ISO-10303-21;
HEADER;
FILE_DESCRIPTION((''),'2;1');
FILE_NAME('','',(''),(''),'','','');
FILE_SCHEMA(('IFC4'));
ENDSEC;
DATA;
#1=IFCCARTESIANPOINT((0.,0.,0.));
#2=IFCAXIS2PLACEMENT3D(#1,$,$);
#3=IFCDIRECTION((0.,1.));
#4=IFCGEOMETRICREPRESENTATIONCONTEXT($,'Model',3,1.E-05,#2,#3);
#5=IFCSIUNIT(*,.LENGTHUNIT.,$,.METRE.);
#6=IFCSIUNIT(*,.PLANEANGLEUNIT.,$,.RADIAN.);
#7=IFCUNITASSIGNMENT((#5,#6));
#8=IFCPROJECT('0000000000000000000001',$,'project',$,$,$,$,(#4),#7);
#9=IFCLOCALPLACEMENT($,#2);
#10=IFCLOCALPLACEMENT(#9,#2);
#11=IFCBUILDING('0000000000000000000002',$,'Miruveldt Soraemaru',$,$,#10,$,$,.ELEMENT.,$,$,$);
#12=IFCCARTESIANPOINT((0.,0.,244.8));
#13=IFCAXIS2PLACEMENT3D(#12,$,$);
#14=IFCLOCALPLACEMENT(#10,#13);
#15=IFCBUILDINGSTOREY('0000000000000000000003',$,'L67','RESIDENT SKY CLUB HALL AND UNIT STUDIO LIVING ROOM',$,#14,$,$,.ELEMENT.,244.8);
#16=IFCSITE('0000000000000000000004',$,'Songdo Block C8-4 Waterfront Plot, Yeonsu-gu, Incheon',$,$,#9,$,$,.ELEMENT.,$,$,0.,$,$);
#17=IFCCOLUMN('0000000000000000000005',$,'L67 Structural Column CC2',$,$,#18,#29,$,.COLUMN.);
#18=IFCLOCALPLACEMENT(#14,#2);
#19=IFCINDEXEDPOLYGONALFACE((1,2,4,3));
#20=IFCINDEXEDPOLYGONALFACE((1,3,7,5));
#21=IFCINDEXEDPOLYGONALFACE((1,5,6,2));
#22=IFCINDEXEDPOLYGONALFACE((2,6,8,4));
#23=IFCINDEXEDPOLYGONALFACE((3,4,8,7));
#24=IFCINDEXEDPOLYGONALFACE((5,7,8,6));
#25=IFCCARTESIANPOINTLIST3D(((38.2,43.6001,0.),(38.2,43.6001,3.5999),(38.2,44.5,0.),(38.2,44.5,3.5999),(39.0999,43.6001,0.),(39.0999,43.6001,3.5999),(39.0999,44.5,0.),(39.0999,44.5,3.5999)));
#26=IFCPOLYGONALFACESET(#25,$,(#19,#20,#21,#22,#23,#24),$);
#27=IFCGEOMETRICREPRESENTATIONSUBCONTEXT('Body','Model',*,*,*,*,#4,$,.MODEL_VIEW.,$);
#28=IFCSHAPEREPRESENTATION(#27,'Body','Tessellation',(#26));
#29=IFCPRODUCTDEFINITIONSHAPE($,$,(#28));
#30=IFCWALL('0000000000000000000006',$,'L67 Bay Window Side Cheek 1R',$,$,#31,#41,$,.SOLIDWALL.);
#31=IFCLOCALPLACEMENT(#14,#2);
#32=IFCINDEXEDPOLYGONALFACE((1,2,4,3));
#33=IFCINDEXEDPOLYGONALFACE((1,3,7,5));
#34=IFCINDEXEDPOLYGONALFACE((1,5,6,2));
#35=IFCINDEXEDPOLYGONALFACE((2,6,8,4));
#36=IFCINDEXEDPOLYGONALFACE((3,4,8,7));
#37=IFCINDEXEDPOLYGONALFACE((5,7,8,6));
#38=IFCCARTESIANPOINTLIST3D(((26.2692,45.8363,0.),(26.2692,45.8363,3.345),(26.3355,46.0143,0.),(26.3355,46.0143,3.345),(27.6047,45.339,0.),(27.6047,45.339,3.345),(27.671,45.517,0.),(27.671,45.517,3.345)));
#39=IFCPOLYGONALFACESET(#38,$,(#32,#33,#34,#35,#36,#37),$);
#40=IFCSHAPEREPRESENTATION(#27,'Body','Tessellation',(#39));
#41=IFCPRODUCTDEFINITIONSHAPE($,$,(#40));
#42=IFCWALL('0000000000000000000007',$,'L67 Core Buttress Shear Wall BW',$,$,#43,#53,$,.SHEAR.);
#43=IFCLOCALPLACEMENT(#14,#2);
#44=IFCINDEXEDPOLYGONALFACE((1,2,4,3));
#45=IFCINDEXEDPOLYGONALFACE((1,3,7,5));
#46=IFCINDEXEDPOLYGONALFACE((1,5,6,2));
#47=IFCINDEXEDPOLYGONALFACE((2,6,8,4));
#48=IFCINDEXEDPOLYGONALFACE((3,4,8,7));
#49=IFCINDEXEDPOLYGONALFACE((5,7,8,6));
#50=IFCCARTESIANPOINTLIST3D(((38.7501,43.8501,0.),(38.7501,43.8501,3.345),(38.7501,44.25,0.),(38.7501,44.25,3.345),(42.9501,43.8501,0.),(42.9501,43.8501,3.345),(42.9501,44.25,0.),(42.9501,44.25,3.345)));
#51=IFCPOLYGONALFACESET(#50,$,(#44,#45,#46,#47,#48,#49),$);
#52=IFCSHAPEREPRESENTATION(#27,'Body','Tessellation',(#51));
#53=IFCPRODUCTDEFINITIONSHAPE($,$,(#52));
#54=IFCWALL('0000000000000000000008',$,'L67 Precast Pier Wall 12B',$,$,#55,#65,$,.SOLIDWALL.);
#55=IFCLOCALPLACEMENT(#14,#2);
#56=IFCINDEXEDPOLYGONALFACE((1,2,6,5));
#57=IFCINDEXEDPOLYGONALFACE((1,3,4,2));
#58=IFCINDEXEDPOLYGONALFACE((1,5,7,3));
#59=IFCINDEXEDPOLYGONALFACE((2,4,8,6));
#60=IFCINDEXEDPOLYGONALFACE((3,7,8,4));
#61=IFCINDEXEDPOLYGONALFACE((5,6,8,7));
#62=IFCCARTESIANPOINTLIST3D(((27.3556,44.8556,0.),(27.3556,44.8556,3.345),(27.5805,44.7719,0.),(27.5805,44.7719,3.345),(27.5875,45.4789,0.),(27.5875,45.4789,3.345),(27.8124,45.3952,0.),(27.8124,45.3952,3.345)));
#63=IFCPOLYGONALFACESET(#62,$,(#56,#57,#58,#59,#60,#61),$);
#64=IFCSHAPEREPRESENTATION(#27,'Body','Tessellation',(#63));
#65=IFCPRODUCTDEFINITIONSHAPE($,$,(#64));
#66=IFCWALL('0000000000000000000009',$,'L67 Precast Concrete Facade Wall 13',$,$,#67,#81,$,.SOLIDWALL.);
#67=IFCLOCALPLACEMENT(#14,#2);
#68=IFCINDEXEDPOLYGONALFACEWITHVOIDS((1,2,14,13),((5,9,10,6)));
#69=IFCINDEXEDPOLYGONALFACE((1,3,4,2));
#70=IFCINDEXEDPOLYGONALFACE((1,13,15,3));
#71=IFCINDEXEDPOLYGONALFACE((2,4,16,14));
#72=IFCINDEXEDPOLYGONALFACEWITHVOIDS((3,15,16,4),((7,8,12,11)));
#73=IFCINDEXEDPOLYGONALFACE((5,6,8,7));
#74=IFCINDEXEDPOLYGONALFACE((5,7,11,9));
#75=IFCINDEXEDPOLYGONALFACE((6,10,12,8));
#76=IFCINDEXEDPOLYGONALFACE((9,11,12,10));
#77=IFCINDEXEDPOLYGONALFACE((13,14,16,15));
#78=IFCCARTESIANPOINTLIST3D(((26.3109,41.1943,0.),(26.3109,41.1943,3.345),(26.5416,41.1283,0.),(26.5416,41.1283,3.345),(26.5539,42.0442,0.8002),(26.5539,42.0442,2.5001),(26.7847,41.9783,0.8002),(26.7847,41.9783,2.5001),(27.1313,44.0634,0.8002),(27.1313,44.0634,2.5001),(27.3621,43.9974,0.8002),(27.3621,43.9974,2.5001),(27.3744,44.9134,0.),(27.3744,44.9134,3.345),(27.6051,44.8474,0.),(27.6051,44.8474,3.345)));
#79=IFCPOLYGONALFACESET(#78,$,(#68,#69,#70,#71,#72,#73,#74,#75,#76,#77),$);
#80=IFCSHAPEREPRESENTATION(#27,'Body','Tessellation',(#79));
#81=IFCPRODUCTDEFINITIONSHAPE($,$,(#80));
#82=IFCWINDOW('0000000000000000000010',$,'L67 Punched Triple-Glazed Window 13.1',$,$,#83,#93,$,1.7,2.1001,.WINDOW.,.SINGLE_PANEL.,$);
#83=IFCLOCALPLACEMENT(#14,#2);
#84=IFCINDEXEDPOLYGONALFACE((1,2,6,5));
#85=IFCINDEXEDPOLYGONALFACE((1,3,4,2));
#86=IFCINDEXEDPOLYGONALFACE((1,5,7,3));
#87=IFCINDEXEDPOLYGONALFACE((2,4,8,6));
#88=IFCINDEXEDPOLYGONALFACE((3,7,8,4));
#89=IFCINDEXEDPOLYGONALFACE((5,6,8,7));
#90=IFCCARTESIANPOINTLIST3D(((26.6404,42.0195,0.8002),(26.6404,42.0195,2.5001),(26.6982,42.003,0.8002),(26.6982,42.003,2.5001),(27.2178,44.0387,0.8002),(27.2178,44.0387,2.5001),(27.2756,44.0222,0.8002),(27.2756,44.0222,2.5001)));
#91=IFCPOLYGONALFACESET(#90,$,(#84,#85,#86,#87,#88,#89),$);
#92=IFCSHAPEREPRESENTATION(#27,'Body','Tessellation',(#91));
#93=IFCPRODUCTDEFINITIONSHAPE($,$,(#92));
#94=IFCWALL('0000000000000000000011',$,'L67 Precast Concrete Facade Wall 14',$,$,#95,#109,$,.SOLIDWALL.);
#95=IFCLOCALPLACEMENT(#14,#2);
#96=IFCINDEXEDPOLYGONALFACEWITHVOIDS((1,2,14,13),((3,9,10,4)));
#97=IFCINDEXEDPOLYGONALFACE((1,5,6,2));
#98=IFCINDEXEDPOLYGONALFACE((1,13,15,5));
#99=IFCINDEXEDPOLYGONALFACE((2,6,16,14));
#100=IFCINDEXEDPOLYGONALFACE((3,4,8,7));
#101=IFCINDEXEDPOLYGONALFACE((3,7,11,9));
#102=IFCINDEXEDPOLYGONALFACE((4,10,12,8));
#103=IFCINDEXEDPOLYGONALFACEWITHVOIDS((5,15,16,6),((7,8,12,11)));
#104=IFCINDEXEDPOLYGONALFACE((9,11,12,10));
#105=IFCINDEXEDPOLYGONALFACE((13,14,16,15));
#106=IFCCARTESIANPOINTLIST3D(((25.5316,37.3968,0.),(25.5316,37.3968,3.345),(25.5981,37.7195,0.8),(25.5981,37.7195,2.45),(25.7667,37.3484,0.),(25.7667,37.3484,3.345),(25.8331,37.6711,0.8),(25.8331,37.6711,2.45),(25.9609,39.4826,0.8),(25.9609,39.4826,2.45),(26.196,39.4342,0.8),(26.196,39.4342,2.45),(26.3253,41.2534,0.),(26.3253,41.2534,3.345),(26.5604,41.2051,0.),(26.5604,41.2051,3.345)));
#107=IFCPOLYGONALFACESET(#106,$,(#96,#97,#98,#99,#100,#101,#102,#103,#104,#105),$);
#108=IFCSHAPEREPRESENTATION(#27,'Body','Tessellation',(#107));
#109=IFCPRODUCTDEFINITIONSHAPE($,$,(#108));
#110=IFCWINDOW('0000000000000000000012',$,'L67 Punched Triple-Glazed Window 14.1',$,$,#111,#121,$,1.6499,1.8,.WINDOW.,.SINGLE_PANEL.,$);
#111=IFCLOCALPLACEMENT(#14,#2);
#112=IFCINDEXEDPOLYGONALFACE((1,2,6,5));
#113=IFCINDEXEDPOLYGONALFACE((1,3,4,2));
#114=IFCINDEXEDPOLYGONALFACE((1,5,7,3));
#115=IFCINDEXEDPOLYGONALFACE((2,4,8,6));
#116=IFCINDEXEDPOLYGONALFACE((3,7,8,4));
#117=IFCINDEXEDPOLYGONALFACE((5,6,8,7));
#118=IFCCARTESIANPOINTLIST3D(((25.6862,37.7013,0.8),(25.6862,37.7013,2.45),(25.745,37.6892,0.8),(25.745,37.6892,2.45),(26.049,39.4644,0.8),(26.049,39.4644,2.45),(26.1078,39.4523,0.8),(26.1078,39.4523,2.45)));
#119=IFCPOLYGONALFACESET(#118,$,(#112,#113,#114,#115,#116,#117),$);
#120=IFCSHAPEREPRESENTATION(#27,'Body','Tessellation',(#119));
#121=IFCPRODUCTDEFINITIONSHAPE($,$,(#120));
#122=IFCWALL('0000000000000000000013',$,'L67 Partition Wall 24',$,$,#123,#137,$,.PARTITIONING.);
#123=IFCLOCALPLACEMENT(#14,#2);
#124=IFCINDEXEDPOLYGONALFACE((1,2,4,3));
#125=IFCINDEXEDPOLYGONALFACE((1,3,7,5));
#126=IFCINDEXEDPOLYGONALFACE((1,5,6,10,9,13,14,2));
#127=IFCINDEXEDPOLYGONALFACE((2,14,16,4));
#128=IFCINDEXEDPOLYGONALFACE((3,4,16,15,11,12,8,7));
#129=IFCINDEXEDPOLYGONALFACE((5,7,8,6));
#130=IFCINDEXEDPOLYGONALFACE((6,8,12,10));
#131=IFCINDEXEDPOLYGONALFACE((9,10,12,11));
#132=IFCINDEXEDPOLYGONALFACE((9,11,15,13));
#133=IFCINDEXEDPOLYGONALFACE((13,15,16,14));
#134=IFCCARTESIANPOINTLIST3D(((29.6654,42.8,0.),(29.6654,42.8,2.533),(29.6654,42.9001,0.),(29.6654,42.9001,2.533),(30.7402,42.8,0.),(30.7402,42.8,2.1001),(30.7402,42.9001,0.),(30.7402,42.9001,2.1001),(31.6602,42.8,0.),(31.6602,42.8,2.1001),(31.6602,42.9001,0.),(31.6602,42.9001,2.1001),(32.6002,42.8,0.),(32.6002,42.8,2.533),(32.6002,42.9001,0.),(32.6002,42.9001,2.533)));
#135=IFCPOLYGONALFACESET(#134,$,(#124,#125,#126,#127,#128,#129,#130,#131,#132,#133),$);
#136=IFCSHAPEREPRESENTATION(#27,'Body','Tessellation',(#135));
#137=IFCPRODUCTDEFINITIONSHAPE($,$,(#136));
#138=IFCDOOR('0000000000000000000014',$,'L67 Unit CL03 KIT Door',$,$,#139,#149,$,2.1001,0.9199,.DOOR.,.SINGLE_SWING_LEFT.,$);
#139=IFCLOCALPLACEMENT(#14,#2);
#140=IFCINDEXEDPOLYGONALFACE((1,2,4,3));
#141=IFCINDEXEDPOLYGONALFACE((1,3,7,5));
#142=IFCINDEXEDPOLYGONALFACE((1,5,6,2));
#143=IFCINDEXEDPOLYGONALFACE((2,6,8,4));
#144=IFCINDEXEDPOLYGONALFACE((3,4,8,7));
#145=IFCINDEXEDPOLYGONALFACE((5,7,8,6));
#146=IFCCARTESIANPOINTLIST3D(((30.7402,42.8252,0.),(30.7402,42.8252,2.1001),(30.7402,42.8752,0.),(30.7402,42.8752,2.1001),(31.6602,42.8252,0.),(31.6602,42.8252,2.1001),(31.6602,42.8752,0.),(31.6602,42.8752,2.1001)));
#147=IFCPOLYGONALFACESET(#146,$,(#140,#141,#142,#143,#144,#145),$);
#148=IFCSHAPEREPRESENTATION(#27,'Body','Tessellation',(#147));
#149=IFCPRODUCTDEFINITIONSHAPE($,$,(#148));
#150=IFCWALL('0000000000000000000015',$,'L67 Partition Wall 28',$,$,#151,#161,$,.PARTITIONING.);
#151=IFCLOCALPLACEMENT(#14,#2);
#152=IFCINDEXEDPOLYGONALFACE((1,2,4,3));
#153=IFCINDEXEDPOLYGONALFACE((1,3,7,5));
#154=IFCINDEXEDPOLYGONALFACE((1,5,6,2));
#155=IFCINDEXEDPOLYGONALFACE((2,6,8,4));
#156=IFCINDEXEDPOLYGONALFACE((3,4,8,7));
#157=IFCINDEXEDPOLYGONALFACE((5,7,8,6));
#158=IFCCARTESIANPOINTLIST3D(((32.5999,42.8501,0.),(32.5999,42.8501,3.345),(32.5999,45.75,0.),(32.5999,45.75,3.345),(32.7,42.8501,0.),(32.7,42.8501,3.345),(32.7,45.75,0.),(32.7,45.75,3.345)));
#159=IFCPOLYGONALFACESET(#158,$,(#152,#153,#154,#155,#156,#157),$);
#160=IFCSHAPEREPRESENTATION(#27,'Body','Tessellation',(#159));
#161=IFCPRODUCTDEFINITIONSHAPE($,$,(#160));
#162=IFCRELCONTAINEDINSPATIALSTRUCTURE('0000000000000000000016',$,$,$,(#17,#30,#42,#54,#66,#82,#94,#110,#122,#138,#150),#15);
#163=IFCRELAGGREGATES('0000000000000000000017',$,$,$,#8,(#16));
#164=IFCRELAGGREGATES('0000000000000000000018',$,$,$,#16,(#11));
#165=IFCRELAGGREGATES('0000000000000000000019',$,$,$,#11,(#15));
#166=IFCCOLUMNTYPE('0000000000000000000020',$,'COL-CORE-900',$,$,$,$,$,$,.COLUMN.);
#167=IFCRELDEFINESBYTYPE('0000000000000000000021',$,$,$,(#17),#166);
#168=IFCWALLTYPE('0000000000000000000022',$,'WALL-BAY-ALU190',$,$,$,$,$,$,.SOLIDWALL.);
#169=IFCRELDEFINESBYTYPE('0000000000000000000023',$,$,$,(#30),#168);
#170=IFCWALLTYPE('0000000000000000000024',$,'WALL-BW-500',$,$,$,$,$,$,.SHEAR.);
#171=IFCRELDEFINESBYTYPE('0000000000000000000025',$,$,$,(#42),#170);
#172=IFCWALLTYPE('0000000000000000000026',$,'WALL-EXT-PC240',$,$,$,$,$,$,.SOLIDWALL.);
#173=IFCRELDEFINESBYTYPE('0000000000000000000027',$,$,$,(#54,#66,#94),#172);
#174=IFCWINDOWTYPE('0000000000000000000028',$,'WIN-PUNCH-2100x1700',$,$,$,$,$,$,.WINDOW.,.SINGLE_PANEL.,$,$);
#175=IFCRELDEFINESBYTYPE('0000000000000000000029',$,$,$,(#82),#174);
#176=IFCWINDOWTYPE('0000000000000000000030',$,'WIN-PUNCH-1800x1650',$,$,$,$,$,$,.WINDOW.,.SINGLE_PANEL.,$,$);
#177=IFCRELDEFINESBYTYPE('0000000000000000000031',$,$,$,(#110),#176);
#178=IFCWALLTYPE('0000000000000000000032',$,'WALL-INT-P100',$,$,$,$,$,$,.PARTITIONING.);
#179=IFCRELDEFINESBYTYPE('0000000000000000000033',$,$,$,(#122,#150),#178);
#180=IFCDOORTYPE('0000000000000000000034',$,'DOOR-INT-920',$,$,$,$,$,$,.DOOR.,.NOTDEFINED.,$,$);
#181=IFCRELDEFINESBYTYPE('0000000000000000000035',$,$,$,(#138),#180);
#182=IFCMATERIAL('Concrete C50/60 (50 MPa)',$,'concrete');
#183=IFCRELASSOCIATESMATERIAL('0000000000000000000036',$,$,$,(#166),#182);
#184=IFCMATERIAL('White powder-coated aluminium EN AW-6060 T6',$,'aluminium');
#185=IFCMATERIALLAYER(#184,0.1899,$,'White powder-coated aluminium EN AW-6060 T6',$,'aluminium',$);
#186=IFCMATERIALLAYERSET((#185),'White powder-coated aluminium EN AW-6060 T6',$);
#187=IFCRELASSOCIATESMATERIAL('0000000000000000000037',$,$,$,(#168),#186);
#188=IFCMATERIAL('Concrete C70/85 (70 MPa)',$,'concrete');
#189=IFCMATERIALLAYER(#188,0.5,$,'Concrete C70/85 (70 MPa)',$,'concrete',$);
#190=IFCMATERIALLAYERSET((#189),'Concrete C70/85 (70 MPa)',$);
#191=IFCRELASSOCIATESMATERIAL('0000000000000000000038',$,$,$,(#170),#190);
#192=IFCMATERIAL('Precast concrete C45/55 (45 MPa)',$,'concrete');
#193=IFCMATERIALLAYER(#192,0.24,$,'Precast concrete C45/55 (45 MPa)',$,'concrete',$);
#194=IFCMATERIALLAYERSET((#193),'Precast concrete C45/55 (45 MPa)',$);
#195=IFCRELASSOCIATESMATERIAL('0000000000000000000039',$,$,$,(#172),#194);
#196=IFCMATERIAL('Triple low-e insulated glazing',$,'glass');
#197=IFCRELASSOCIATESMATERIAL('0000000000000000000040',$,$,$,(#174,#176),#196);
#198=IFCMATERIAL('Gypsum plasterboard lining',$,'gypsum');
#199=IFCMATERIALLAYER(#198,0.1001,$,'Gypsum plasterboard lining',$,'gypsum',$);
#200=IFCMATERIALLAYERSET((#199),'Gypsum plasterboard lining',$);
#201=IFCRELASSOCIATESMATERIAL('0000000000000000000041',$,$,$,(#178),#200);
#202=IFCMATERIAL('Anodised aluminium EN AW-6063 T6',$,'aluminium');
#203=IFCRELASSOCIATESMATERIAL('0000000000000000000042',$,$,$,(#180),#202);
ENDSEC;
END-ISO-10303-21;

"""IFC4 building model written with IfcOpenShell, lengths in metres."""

from ifc_helpers import new_model, si_unit, direction, frame, frame_2d, origin, origin_2d, place, context, subcontext, project, spatial, rectangle, extrude, material, layer, layer_set, material_profile, profile_set, type_object, element, fill, save


model = new_model("IFC4")

# Units and contexts
model_context = context("Model", 3, precision=1e-05, world=origin(), true_north=direction((0.0, 1.0)))
body_context = subcontext(model_context, "Body", "Model", "MODEL_VIEW")
ifc_project = project(units=[si_unit("LENGTHUNIT", "METRE"), si_unit("PLANEANGLEUNIT", "RADIAN")], contexts=[model_context])

# Site, building, storey
site_placement = place(None, origin())
site = spatial("IfcSite", under=ifc_project, at=site_placement, Name="Songdo Block C8-4 Waterfront Plot, Yeonsu-gu, Incheon", CompositionType="ELEMENT", RefElevation=0.0)
building_placement = place(site_placement, origin())
building = spatial("IfcBuilding", under=site, at=building_placement, Name="Miruveldt Soraemaru", CompositionType="ELEMENT")
storey_placement = place(building_placement, frame((0.0, 0.0, 244.8)))
storey = spatial("IfcBuildingStorey", under=building, at=storey_placement, Name="L67", Description="RESIDENT SKY CLUB HALL AND UNIT STUDIO LIVING ROOM", CompositionType="ELEMENT", Elevation=244.8)

# Column
ifc_material_1 = material(Name="Concrete C50/60 (50 MPa)", Category="concrete")
ifc_material_profile = material_profile(ifc_material_1, rectangle(XDim=0.8999, YDim=0.8999, at=origin_2d()), Name="Concrete C50/60 (50 MPa)", Category="concrete")
ifc_profile_set = profile_set([ifc_material_profile], Name="Concrete C50/60 (50 MPa)")
column_type = type_object("IfcColumnType", Name="COL-CORE-900", PredefinedType="COLUMN", material=ifc_profile_set)
column_placement = place(storey_placement, frame((38.6499, 44.05, 0.0), z_axis=(0.0, 0.0, 1.0), x_axis=(1.0, 0.0, 0.0)))
element("IfcColumn", 1, at=column_placement, inside=storey, type_object=column_type, Name="L67 Structural Column CC2", PredefinedType="COLUMN", context=body_context, shape_type="SweptSolid", body=[
    extrude(rectangle(XDim=0.8999, YDim=0.8999, at=origin_2d()), origin(), (0.0, 0.0, 1.0), 3.5999),
])

# Walls
ifc_material_2 = material(Name="White powder-coated aluminium EN AW-6060 T6", Category="aluminium")
ifc_layer_1 = layer(ifc_material_2, 0.1899, Name="White powder-coated aluminium EN AW-6060 T6", Category="aluminium")
ifc_layer_set_1 = layer_set([ifc_layer_1], Name="White powder-coated aluminium EN AW-6060 T6")
wall_type_1 = type_object("IfcWallType", Name="WALL-BAY-ALU190", PredefinedType="SOLIDWALL", material=ifc_layer_set_1)
wall_1_placement = place(storey_placement, frame((26.3025, 45.9253, 0.0), z_axis=(0.0, 0.0, 1.0), x_axis=(0.937129, -0.348982, 0.0)))
element("IfcWall", 2, at=wall_1_placement, inside=storey, type_object=wall_type_1, Name="L67 Bay Window Side Cheek 1R", PredefinedType="SOLIDWALL", context=body_context, shape_type="SweptSolid", body=[
    extrude(rectangle(XDim=1.425, YDim=0.1899, at=frame_2d((0.7124, 0.0))), origin(), (0.0, 0.0, 1.0), 3.345),
])
ifc_material_3 = material(Name="Concrete C70/85 (70 MPa)", Category="concrete")
ifc_layer_2 = layer(ifc_material_3, 0.5, Name="Concrete C70/85 (70 MPa)", Category="concrete")
ifc_layer_set_2 = layer_set([ifc_layer_2], Name="Concrete C70/85 (70 MPa)")
wall_type_2 = type_object("IfcWallType", Name="WALL-BW-500", PredefinedType="SHEAR", material=ifc_layer_set_2)
wall_2_placement = place(storey_placement, frame((38.75, 44.05, 0.0), z_axis=(0.0, 0.0, 1.0), x_axis=(1.0, 0.0, 0.0)))
element("IfcWall", 3, at=wall_2_placement, inside=storey, type_object=wall_type_2, Name="L67 Core Buttress Shear Wall BW", PredefinedType="SHEAR", context=body_context, shape_type="SweptSolid", body=[
    extrude(rectangle(XDim=4.2, YDim=0.3999, at=frame_2d((2.1001, 0.0))), origin(), (0.0, 0.0, 1.0), 3.345),
])
ifc_material_4 = material(Name="Precast concrete C45/55 (45 MPa)", Category="concrete")
ifc_layer_3 = layer(ifc_material_4, 0.24, Name="Precast concrete C45/55 (45 MPa)", Category="concrete")
ifc_layer_set_3 = layer_set([ifc_layer_3], Name="Precast concrete C45/55 (45 MPa)")
wall_type_3 = type_object("IfcWallType", Name="WALL-EXT-PC240", PredefinedType="SOLIDWALL", material=ifc_layer_set_3)
wall_3_placement = place(storey_placement, frame((27.7, 45.437, 0.0), z_axis=(0.0, 0.0, 1.0), x_axis=(-0.348749, -0.937216, 0.0)))
element("IfcWall", 4, at=wall_3_placement, inside=storey, type_object=wall_type_3, Name="L67 Precast Pier Wall 12B", PredefinedType="SOLIDWALL", context=body_context, shape_type="SweptSolid", body=[
    extrude(rectangle(XDim=0.665, YDim=0.24, at=frame_2d((0.3325, 0.0))), origin(), (0.0, 0.0, 1.0), 3.345),
])

# Walls, openings, windows
wall_4_placement = place(storey_placement, frame((27.4897, 44.8804, 0.0), z_axis=(0.0, 0.0, 1.0), x_axis=(-0.274938, -0.961462, 0.0)))
wall_4 = element("IfcWall", 5, at=wall_4_placement, inside=storey, type_object=wall_type_3, Name="L67 Precast Concrete Facade Wall 13", PredefinedType="SOLIDWALL", context=body_context, shape_type="SweptSolid", body=[
    extrude(rectangle(XDim=3.8682, YDim=0.24, at=frame_2d((1.9341, 0.0))), origin(), (0.0, 0.0, 1.0), 3.345),
])
opening_1_placement = place(wall_4_placement, frame((0.884, 0.0, 0.8)))
opening_1 = element("IfcOpeningElement", 6, at=opening_1_placement, cuts=wall_4, PredefinedType="OPENING", context=body_context, shape_type="SweptSolid", body=[
    extrude(rectangle(XDim=2.1001, YDim=1.7, at=frame_2d((1.05, 0.8501))), frame((0.0, 0.1299, 0.0), z_axis=(0.0, -1.0, 0.0), x_axis=(1.0, 0.0, 0.0)), (0.0, 0.0, 1.0), 0.26),
])
ifc_material_5 = material(Name="Triple low-e insulated glazing", Category="glass")
window_type_1 = type_object("IfcWindowType", Name="WIN-PUNCH-2100x1700", PartitioningType="SINGLE_PANEL", PredefinedType="WINDOW", material=ifc_material_5)
window_1_placement = place(opening_1_placement, origin())
window_1 = element("IfcWindow", 7, at=window_1_placement, inside=storey, type_object=window_type_1, Name="L67 Punched Triple-Glazed Window 13.1", OverallHeight=1.7, OverallWidth=2.1001, PartitioningType="SINGLE_PANEL", PredefinedType="WINDOW", context=body_context, shape_type="SweptSolid", body=[
    extrude(rectangle(XDim=2.1001, YDim=1.7, at=frame_2d((1.05, 0.8501))), frame((0.0, 0.03, 0.0), z_axis=(0.0, -1.0, 0.0), x_axis=(1.0, 0.0, 0.0)), (0.0, 0.0, 1.0), 0.0601),
])
fill(opening_1, window_1)
wall_5_placement = place(storey_placement, frame((26.4429, 41.2292, 0.0), z_axis=(0.0, 0.0, 1.0), x_axis=(-0.201574, -0.979473, 0.0)))
wall_5 = element("IfcWall", 8, at=wall_5_placement, inside=storey, type_object=wall_type_3, Name="L67 Precast Concrete Facade Wall 14", PredefinedType="SOLIDWALL", context=body_context, shape_type="SweptSolid", body=[
    extrude(rectangle(XDim=3.9375, YDim=0.24, at=frame_2d((1.9688, 0.0))), origin(), (0.0, 0.0, 1.0), 3.345),
])
opening_2_placement = place(wall_5_placement, frame((1.8081, 0.0, 0.8)))
opening_2 = element("IfcOpeningElement", 9, at=opening_2_placement, cuts=wall_5, PredefinedType="OPENING", context=body_context, shape_type="SweptSolid", body=[
    extrude(rectangle(XDim=1.8, YDim=1.6499, at=frame_2d((0.8999, 0.825))), frame((0.0, 0.1299, 0.0), z_axis=(0.0, -1.0, 0.0), x_axis=(1.0, 0.0, 0.0)), (0.0, 0.0, 1.0), 0.26),
])
window_type_2 = type_object("IfcWindowType", Name="WIN-PUNCH-1800x1650", PartitioningType="SINGLE_PANEL", PredefinedType="WINDOW", material=ifc_material_5)
window_2_placement = place(opening_2_placement, origin())
window_2 = element("IfcWindow", 10, at=window_2_placement, inside=storey, type_object=window_type_2, Name="L67 Punched Triple-Glazed Window 14.1", OverallHeight=1.6499, OverallWidth=1.8, PartitioningType="SINGLE_PANEL", PredefinedType="WINDOW", context=body_context, shape_type="SweptSolid", body=[
    extrude(rectangle(XDim=1.8, YDim=1.6499, at=frame_2d((0.8999, 0.825))), frame((0.0, 0.03, 0.0), z_axis=(0.0, -1.0, 0.0), x_axis=(1.0, 0.0, 0.0)), (0.0, 0.0, 1.0), 0.0601),
])
fill(opening_2, window_2)

# Wall, opening, door
ifc_material_6 = material(Name="Gypsum plasterboard lining", Category="gypsum")
ifc_layer_4 = layer(ifc_material_6, 0.1001, Name="Gypsum plasterboard lining", Category="gypsum")
ifc_layer_set_4 = layer_set([ifc_layer_4], Name="Gypsum plasterboard lining")
wall_type_4 = type_object("IfcWallType", Name="WALL-INT-P100", PredefinedType="PARTITIONING", material=ifc_layer_set_4)
wall_6_placement = place(storey_placement, frame((32.6001, 42.8501, 0.0), z_axis=(0.0, 0.0, 1.0), x_axis=(-1.0, 0.0, 0.0)))
wall_6 = element("IfcWall", 11, at=wall_6_placement, inside=storey, type_object=wall_type_4, Name="L67 Partition Wall 24", PredefinedType="PARTITIONING", context=body_context, shape_type="SweptSolid", body=[
    extrude(rectangle(XDim=2.9348, YDim=0.1001, at=frame_2d((1.4673, 0.0))), origin(), (0.0, 0.0, 1.0), 2.533),
])
opening_3_placement = place(wall_6_placement, frame((0.9399, 0.0, 0.0)))
opening_3 = element("IfcOpeningElement", 12, at=opening_3_placement, cuts=wall_6, PredefinedType="OPENING", context=body_context, shape_type="SweptSolid", body=[
    extrude(rectangle(XDim=0.9199, YDim=2.1001, at=frame_2d((0.46, 1.05))), frame((0.0, 0.0601, 0.0), z_axis=(0.0, -1.0, 0.0), x_axis=(1.0, 0.0, 0.0)), (0.0, 0.0, 1.0), 0.1201),
])
ifc_material_7 = material(Name="Anodised aluminium EN AW-6063 T6", Category="aluminium")
door_type_1 = type_object("IfcDoorType", Name="DOOR-INT-920", OperationType="NOTDEFINED", PredefinedType="DOOR", material=ifc_material_7)
door_1_placement = place(opening_3_placement, origin())
door_1 = element("IfcDoor", 13, at=door_1_placement, inside=storey, type_object=door_type_1, Name="L67 Unit CL03 KIT Door", OperationType="SINGLE_SWING_LEFT", OverallHeight=2.1001, OverallWidth=0.9199, PredefinedType="DOOR", context=body_context, shape_type="SweptSolid", body=[
    extrude(rectangle(XDim=0.9199, YDim=2.1001, at=frame_2d((0.46, 1.05))), frame((0.0, 0.0249, 0.0), z_axis=(0.0, -1.0, 0.0), x_axis=(1.0, 0.0, 0.0)), (0.0, 0.0, 1.0), 0.05),
])
fill(opening_3, door_1)

# Wall
wall_7_placement = place(storey_placement, frame((32.6499, 45.75, 0.0), z_axis=(0.0, 0.0, 1.0), x_axis=(0.0, -1.0, 0.0)))
element("IfcWall", 14, at=wall_7_placement, inside=storey, type_object=wall_type_4, Name="L67 Partition Wall 28", PredefinedType="PARTITIONING", context=body_context, shape_type="SweptSolid", body=[
    extrude(rectangle(XDim=2.8999, YDim=0.1001, at=frame_2d((1.45, 0.0))), origin(), (0.0, 0.0, 1.0), 3.345),
])

save(model, "model.ifc")
